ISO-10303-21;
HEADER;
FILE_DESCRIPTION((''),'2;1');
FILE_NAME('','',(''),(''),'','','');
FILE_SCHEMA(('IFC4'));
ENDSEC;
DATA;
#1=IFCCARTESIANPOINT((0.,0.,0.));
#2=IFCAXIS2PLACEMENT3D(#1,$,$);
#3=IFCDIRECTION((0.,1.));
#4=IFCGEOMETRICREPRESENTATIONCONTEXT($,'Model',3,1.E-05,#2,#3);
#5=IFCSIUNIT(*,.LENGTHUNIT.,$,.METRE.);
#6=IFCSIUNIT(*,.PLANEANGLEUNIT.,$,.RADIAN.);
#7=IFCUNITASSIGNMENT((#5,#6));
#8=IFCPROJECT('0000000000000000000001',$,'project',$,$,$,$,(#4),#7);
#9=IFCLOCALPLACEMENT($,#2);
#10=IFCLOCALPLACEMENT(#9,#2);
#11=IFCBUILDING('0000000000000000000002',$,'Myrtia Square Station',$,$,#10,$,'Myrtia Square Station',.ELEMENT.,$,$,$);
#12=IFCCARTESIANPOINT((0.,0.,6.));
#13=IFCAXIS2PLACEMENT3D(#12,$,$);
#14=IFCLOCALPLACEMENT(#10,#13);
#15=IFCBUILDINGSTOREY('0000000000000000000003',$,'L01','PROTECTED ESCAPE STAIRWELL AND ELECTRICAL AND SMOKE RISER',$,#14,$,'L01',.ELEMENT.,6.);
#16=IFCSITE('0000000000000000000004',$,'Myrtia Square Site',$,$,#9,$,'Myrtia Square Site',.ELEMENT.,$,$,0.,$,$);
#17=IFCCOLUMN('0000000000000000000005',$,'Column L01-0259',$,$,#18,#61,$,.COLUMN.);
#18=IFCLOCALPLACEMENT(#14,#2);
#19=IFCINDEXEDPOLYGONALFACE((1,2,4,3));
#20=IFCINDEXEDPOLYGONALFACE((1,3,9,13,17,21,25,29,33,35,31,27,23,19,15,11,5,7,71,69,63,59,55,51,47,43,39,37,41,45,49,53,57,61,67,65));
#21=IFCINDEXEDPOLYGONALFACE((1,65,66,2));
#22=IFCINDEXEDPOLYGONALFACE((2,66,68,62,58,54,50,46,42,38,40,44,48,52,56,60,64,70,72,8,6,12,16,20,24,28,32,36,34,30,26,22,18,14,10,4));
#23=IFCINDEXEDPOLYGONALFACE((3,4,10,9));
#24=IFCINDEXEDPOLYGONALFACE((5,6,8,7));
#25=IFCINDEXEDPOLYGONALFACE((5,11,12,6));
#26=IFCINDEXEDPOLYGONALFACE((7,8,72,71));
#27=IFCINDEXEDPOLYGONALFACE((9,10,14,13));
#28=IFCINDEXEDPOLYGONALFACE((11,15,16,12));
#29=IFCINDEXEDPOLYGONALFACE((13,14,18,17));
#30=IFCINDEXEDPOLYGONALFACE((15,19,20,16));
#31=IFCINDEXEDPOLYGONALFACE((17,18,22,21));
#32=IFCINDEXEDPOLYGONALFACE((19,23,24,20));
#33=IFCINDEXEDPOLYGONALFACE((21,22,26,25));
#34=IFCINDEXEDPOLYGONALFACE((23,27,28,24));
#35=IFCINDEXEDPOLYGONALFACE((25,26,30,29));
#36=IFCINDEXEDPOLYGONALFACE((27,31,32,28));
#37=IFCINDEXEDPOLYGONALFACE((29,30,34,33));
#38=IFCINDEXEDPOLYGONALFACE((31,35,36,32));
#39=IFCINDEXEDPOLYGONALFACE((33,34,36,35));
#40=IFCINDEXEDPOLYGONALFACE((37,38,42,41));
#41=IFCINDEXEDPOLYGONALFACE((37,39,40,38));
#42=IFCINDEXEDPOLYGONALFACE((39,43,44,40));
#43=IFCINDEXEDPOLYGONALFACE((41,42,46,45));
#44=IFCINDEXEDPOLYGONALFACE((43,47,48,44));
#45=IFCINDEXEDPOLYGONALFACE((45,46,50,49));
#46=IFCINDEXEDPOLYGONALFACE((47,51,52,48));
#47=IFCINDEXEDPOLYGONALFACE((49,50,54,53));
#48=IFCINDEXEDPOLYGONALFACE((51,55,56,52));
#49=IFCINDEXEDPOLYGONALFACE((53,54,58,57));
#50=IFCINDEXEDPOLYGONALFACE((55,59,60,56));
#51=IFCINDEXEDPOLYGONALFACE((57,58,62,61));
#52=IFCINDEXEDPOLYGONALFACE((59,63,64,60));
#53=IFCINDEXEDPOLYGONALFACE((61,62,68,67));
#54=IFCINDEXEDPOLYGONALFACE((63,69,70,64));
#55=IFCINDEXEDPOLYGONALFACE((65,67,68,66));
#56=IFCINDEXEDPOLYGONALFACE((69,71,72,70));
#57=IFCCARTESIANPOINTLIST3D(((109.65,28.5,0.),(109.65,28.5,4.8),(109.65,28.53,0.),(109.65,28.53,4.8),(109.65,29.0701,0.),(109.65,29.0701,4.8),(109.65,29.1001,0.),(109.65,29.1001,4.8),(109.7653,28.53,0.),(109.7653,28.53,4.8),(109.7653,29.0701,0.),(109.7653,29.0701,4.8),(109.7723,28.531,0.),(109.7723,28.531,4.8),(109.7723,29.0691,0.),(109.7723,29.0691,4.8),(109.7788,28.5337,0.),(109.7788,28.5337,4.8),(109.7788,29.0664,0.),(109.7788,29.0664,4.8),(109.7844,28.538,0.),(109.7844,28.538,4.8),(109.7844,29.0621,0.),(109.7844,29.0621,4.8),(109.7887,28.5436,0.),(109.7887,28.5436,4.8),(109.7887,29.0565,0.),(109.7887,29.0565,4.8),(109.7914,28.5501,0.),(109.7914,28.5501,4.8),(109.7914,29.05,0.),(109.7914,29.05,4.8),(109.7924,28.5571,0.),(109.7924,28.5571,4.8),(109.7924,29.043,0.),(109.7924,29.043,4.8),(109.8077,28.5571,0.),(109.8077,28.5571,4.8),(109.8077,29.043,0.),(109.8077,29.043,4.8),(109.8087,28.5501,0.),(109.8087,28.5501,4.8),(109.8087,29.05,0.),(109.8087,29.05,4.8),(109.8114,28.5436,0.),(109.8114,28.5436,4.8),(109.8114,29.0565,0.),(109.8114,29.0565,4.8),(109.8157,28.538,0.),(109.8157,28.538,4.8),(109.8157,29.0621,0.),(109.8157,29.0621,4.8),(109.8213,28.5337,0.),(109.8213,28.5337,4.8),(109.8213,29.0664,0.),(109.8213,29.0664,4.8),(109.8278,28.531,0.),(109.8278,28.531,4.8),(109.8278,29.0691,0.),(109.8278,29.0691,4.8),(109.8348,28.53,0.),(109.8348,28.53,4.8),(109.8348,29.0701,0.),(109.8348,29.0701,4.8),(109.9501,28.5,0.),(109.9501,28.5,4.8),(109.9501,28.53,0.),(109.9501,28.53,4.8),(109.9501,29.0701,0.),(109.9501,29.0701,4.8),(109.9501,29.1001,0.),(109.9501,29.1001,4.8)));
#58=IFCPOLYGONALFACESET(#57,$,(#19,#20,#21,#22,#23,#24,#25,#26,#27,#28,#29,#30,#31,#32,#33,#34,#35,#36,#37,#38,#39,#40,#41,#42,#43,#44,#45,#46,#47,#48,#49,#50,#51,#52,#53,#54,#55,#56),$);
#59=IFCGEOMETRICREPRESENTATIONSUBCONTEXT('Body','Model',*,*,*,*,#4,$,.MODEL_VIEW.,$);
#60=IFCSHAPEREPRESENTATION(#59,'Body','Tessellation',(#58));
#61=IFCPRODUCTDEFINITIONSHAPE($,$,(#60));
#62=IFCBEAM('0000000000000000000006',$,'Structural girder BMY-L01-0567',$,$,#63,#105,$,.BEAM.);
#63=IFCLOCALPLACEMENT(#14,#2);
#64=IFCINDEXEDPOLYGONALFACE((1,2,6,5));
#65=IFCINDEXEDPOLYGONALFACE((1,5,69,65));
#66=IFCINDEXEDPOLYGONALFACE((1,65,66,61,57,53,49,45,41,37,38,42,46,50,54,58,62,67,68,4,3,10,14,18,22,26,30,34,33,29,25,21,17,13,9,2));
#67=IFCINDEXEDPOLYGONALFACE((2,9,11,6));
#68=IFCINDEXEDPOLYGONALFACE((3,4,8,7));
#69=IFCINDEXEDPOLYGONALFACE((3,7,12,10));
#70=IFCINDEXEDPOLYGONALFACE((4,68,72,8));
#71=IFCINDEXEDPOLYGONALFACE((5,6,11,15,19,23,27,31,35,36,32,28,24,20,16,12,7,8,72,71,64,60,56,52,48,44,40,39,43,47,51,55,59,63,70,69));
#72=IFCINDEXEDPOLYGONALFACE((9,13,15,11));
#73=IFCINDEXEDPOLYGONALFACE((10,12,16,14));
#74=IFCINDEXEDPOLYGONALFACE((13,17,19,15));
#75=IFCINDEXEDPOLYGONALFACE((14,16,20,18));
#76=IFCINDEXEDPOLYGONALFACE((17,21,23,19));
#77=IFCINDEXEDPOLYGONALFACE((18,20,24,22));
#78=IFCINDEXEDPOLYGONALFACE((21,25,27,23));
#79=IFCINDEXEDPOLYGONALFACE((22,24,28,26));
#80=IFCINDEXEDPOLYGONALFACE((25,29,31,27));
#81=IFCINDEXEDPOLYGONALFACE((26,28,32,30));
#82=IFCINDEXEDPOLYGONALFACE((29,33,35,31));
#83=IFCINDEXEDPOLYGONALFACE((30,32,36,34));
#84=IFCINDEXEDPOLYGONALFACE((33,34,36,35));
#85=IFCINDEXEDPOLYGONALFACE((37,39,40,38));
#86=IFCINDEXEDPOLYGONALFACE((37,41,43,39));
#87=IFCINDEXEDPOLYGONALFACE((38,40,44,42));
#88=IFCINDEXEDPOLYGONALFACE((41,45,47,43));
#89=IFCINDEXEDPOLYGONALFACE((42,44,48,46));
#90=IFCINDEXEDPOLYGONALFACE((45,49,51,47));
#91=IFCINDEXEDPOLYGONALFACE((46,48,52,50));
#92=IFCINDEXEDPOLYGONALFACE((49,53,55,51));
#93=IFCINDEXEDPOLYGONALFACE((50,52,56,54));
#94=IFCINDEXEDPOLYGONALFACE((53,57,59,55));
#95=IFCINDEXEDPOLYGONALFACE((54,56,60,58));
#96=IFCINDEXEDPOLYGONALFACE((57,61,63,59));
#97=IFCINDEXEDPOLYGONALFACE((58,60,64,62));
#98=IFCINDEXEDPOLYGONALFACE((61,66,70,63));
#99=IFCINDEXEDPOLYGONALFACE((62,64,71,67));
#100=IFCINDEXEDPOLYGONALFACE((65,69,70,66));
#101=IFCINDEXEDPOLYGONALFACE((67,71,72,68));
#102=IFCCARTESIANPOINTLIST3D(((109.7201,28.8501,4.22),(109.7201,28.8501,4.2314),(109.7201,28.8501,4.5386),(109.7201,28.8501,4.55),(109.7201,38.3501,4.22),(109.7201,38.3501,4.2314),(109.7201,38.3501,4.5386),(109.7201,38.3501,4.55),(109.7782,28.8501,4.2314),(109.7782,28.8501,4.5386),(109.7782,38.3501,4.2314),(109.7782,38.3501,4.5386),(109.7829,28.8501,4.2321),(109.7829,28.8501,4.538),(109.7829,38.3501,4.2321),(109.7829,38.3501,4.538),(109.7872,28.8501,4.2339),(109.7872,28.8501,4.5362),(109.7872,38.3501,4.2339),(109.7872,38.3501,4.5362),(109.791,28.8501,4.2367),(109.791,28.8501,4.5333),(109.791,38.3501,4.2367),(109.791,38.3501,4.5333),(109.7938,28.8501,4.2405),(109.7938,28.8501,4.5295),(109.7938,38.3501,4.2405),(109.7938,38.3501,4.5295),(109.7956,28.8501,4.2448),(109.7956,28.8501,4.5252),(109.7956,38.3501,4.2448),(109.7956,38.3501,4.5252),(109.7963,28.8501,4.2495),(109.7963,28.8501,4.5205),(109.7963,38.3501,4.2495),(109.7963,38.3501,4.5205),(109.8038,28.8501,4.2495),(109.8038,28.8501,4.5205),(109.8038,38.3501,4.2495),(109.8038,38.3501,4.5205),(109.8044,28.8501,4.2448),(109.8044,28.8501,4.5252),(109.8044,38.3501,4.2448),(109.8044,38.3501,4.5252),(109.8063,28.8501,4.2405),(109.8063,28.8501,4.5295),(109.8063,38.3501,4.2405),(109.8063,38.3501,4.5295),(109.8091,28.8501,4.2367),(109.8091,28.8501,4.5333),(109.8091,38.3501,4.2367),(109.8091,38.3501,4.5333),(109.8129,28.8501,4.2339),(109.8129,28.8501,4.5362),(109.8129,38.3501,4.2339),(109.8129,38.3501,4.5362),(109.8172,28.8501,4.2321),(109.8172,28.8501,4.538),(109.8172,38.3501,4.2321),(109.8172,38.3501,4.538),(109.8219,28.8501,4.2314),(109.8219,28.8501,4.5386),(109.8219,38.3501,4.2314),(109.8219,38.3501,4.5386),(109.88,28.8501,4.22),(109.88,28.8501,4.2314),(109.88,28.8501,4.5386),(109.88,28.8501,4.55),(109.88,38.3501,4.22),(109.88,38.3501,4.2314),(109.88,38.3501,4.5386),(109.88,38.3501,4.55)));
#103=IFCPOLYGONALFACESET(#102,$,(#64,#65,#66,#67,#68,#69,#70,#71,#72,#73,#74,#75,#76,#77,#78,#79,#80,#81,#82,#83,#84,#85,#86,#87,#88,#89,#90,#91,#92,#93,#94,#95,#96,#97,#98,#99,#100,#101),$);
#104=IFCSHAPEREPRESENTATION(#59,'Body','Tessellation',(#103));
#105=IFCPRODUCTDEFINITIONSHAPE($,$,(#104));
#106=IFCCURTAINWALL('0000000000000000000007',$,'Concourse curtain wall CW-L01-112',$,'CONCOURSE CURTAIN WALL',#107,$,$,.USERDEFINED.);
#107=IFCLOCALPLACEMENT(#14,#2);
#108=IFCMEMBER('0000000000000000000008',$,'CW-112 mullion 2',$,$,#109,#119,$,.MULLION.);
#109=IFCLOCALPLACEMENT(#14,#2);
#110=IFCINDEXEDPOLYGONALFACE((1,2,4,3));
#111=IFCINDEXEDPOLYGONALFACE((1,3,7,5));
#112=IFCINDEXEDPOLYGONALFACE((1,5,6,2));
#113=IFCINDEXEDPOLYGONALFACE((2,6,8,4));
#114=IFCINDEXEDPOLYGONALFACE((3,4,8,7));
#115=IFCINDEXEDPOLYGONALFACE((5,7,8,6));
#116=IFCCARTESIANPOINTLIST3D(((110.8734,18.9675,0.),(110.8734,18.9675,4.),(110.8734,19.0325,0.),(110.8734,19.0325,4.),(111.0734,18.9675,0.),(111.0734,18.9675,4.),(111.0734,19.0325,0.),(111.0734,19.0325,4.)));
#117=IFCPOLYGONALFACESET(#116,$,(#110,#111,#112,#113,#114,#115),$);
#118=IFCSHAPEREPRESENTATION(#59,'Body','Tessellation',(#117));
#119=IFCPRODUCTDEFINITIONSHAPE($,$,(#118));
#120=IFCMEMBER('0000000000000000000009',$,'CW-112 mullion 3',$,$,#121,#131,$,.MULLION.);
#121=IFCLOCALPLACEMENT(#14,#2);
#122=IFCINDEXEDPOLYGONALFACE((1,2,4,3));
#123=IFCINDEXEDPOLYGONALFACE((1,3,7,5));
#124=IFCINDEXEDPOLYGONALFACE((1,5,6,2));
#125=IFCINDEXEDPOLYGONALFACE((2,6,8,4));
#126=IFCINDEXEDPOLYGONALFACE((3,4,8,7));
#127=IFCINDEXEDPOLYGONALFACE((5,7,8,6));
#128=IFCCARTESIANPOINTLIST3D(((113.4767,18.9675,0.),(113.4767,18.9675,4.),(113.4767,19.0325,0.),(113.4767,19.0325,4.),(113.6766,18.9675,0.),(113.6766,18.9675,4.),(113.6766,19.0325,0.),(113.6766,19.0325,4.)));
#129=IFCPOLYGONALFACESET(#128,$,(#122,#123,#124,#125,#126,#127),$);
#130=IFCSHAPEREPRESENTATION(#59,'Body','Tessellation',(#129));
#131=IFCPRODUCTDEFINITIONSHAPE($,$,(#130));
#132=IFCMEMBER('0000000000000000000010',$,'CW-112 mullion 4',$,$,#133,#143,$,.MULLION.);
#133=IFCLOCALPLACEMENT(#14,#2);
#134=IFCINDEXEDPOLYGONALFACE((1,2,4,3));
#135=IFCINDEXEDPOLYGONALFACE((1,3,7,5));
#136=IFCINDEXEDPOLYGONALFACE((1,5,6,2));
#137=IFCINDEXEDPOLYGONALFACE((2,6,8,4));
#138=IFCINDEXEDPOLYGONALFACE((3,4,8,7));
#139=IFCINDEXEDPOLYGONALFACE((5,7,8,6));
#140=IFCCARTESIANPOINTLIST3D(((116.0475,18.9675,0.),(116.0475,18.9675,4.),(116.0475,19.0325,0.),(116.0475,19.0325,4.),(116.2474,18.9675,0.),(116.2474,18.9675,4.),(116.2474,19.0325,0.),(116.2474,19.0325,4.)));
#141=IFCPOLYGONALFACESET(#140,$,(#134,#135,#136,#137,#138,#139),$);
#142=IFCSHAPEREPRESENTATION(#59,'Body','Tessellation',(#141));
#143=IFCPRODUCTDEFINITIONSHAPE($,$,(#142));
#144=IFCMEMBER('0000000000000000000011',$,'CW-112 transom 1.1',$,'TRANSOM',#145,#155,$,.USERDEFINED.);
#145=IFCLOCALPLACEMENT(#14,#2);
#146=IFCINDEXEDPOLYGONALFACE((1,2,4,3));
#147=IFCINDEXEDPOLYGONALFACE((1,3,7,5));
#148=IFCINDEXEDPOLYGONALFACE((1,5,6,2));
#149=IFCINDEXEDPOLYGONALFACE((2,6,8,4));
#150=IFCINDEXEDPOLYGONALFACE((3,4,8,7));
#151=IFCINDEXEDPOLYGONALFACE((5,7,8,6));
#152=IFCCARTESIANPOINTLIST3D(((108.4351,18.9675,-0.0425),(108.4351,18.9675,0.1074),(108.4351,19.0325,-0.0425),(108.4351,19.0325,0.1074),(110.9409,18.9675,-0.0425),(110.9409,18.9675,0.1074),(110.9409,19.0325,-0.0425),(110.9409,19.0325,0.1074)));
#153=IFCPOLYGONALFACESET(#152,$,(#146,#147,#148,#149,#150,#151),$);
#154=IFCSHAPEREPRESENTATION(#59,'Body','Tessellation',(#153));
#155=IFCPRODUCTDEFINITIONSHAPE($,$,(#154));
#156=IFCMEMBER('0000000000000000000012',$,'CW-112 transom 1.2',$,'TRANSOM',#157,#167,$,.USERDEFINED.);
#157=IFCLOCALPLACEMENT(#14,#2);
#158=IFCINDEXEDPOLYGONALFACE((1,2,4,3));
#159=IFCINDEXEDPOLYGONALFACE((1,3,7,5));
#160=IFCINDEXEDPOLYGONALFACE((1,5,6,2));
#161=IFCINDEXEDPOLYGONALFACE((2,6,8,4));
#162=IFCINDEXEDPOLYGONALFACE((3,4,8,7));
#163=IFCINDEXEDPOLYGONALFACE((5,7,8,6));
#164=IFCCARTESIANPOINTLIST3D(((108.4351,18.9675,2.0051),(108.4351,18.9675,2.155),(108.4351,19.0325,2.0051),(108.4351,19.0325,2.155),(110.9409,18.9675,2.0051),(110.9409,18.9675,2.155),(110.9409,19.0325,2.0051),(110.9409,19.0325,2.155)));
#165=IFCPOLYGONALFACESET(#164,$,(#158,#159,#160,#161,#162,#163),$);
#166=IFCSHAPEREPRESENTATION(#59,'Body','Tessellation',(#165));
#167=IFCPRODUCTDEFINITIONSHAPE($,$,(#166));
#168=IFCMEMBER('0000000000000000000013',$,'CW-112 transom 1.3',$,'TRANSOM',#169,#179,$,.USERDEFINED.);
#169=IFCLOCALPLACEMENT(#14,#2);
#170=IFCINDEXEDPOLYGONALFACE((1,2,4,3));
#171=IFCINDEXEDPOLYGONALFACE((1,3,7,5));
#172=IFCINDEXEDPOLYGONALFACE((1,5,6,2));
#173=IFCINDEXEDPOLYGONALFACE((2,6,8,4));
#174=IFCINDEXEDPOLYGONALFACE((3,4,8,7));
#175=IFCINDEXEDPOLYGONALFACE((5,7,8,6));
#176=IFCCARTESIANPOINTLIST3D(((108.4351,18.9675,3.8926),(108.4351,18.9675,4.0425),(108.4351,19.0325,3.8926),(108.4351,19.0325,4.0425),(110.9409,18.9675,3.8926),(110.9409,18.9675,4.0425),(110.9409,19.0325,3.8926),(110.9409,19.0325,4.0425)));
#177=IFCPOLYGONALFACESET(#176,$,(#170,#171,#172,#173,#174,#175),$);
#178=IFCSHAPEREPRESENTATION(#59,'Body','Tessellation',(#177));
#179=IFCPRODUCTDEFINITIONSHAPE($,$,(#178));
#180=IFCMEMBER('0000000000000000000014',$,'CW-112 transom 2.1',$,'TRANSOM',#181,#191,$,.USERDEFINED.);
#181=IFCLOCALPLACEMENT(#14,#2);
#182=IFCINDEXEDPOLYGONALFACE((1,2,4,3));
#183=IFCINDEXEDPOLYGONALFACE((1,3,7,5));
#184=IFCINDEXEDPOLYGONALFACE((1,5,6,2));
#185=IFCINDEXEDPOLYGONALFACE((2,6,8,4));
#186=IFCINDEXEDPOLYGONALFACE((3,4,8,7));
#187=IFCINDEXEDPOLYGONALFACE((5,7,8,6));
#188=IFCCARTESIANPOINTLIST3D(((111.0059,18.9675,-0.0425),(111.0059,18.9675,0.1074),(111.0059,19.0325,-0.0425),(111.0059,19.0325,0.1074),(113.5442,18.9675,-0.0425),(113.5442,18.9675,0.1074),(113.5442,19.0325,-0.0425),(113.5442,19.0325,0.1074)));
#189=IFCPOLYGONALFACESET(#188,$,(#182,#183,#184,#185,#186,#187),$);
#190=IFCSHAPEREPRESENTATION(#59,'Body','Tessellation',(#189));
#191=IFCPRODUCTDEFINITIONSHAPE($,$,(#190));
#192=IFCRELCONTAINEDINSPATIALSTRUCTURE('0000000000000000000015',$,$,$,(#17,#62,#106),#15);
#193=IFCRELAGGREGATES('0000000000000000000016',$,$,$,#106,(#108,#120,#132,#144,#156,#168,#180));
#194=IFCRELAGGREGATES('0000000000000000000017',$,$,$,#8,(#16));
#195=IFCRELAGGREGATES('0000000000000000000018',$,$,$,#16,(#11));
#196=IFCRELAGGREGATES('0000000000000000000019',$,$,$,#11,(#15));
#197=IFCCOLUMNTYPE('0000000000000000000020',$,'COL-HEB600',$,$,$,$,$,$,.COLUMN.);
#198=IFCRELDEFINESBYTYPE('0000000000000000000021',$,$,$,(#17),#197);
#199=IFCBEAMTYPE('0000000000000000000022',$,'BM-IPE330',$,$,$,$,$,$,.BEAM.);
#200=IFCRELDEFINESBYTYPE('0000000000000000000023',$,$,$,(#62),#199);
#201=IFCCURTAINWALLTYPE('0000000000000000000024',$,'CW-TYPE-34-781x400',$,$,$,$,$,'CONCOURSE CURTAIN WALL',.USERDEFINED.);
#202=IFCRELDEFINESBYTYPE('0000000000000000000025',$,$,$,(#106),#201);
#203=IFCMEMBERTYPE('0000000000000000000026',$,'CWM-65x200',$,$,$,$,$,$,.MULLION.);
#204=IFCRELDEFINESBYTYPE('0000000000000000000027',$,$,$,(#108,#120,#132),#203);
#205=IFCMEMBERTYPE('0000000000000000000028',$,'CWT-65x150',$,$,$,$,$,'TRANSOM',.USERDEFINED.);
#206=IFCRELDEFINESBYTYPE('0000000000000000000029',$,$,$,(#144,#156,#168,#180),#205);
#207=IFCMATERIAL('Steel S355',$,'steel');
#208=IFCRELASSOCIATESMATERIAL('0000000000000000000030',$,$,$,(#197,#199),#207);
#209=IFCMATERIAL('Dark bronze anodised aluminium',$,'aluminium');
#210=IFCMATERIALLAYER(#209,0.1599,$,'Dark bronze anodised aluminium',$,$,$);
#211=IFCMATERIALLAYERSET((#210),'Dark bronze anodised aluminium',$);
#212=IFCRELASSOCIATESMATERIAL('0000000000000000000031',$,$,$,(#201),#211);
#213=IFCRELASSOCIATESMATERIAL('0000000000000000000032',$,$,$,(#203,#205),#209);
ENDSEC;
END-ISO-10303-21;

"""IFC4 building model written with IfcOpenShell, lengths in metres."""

from ifc_helpers import new_model, si_unit, direction, frame, origin, origin_2d, place, context, subcontext, project, spatial, rectangle, i_section, extrude, material, layer, layer_set, material_profile, profile_set, type_object, element, aggregate, save


model = new_model("IFC4")

# Units and contexts
model_context = context("Model", 3, precision=1e-05, world=origin(), true_north=direction((0.0, 1.0)))
body_context = subcontext(model_context, "Body", "Model", "MODEL_VIEW")
ifc_project = project(units=[si_unit("LENGTHUNIT", "METRE"), si_unit("PLANEANGLEUNIT", "RADIAN")], contexts=[model_context])

# Site, building, storey
site_placement = place(None, origin())
site = spatial("IfcSite", under=ifc_project, at=site_placement, Name="Myrtia Square Site", LongName="Myrtia Square Site", CompositionType="ELEMENT", RefElevation=0.0)
building_placement = place(site_placement, origin())
building = spatial("IfcBuilding", under=site, at=building_placement, Name="Myrtia Square Station", LongName="Myrtia Square Station", CompositionType="ELEMENT")
storey_placement = place(building_placement, frame((0.0, 0.0, 6.0)))
storey = spatial("IfcBuildingStorey", under=building, at=storey_placement, Name="L01", Description="PROTECTED ESCAPE STAIRWELL AND ELECTRICAL AND SMOKE RISER", LongName="L01", CompositionType="ELEMENT", Elevation=6.0)

# Column
ifc_material_1 = material(Name="Steel S355", Category="steel")
ifc_material_profile_1 = material_profile(ifc_material_1, i_section(OverallWidth=0.3, OverallDepth=0.6001, WebThickness=0.0154, FlangeThickness=0.03, FilletRadius=0.0271, at=origin_2d()), Name="HEB 600")
ifc_profile_set_1 = profile_set([ifc_material_profile_1], Name="Steel S355")
column_type = type_object("IfcColumnType", Name="COL-HEB600", PredefinedType="COLUMN", material=ifc_profile_set_1)
column_placement = place(storey_placement, frame((109.8, 28.8, 0.0), z_axis=(0.0, 0.0, 1.0), x_axis=(1.0, 0.0, 0.0)))
element("IfcColumn", 1, at=column_placement, inside=storey, type_object=column_type, Name="Column L01-0259", PredefinedType="COLUMN", context=body_context, shape_type="SweptSolid", body=[
    extrude(i_section(OverallWidth=0.3, OverallDepth=0.6001, WebThickness=0.0154, FlangeThickness=0.03, FilletRadius=0.0271, at=origin_2d()), origin(), (0.0, 0.0, 1.0), 4.8),
])

# Beam
ifc_material_profile_2 = material_profile(ifc_material_1, i_section(OverallWidth=0.1599, OverallDepth=0.3301, WebThickness=0.0076, FlangeThickness=0.0115, FilletRadius=0.0181, at=origin_2d()), Name="IPE 330")
ifc_profile_set_2 = profile_set([ifc_material_profile_2], Name="Steel S355")
beam_type = type_object("IfcBeamType", Name="BM-IPE330", PredefinedType="BEAM", material=ifc_profile_set_2)
beam_placement = place(storey_placement, frame((109.8, 28.8501, 4.385), z_axis=(0.0, 1.0, 0.0), x_axis=(-1.0, 0.0, 0.0)))
element("IfcBeam", 2, at=beam_placement, inside=storey, type_object=beam_type, Name="Structural girder BMY-L01-0567", PredefinedType="BEAM", context=body_context, shape_type="SweptSolid", body=[
    extrude(i_section(OverallWidth=0.1599, OverallDepth=0.3301, WebThickness=0.0076, FlangeThickness=0.0115, FilletRadius=0.0181, at=origin_2d()), origin(), (0.0, 0.0, 1.0), 9.5),
])

# Curtain wall, members
ifc_material_2 = material(Name="Dark bronze anodised aluminium", Category="aluminium")
ifc_layer_1 = layer(ifc_material_2, 0.1599, Name="Dark bronze anodised aluminium")
ifc_layer_set_1 = layer_set([ifc_layer_1], Name="Dark bronze anodised aluminium")
curtain_wall_type = type_object("IfcCurtainWallType", Name="CW-TYPE-34-781x400", ElementType="CONCOURSE CURTAIN WALL", PredefinedType="USERDEFINED", material=ifc_layer_set_1)
curtain_wall_placement = place(storey_placement, origin())
curtain_wall = element("IfcCurtainWall", 3, at=curtain_wall_placement, inside=storey, type_object=curtain_wall_type, Name="Concourse curtain wall CW-L01-112", ObjectType="CONCOURSE CURTAIN WALL", PredefinedType="USERDEFINED")
ifc_material_profile_3 = material_profile(ifc_material_2, rectangle(XDim=0.0649, YDim=0.2, at=origin_2d()), Name="ALU-M 65x200")
ifc_profile_set_3 = profile_set([ifc_material_profile_3], Name="Dark bronze anodised aluminium")
member_type_1 = type_object("IfcMemberType", Name="CWM-65x200", PredefinedType="MULLION", material=ifc_profile_set_3)
member_1_placement = place(storey_placement, frame((110.9734, 19.0, 0.0), z_axis=(0.0, 0.0, 1.0), x_axis=(0.0, 1.0, 0.0)))
member_1 = element("IfcMember", 4, at=member_1_placement, type_object=member_type_1, Name="CW-112 mullion 2", PredefinedType="MULLION", context=body_context, shape_type="SweptSolid", body=[
    extrude(rectangle(XDim=0.0649, YDim=0.2, at=origin_2d()), origin(), (0.0, 0.0, 1.0), 4.0),
])
member_2_placement = place(storey_placement, frame((113.5767, 19.0, 0.0), z_axis=(0.0, 0.0, 1.0), x_axis=(0.0, 1.0, 0.0)))
member_2 = element("IfcMember", 5, at=member_2_placement, type_object=member_type_1, Name="CW-112 mullion 3", PredefinedType="MULLION", context=body_context, shape_type="SweptSolid", body=[
    extrude(rectangle(XDim=0.0649, YDim=0.2, at=origin_2d()), origin(), (0.0, 0.0, 1.0), 4.0),
])
member_3_placement = place(storey_placement, frame((116.1475, 19.0, 0.0), z_axis=(0.0, 0.0, 1.0), x_axis=(0.0, 1.0, 0.0)))
member_3 = element("IfcMember", 6, at=member_3_placement, type_object=member_type_1, Name="CW-112 mullion 4", PredefinedType="MULLION", context=body_context, shape_type="SweptSolid", body=[
    extrude(rectangle(XDim=0.0649, YDim=0.2, at=origin_2d()), origin(), (0.0, 0.0, 1.0), 4.0),
])
ifc_material_profile_4 = material_profile(ifc_material_2, rectangle(XDim=0.0649, YDim=0.1499, at=origin_2d()), Name="ALU-T 65x150")
ifc_profile_set_4 = profile_set([ifc_material_profile_4], Name="Dark bronze anodised aluminium")
member_type_2 = type_object("IfcMemberType", Name="CWT-65x150", ElementType="TRANSOM", PredefinedType="USERDEFINED", material=ifc_profile_set_4)
member_4_placement = place(storey_placement, frame((108.4351, 19.0, 0.0325), z_axis=(1.0, 0.0, 0.0), x_axis=(0.0, 1.0, 0.0)))
member_4 = element("IfcMember", 7, at=member_4_placement, type_object=member_type_2, Name="CW-112 transom 1.1", ObjectType="TRANSOM", PredefinedType="USERDEFINED", context=body_context, shape_type="SweptSolid", body=[
    extrude(rectangle(XDim=0.0649, YDim=0.1499, at=origin_2d()), origin(), (0.0, 0.0, 1.0), 2.5059),
])
member_5_placement = place(storey_placement, frame((108.4351, 19.0, 2.0801), z_axis=(1.0, 0.0, 0.0), x_axis=(0.0, 1.0, 0.0)))
member_5 = element("IfcMember", 8, at=member_5_placement, type_object=member_type_2, Name="CW-112 transom 1.2", ObjectType="TRANSOM", PredefinedType="USERDEFINED", context=body_context, shape_type="SweptSolid", body=[
    extrude(rectangle(XDim=0.0649, YDim=0.1499, at=origin_2d()), origin(), (0.0, 0.0, 1.0), 2.5059),
])
member_6_placement = place(storey_placement, frame((108.4351, 19.0, 3.9675), z_axis=(1.0, 0.0, 0.0), x_axis=(0.0, 1.0, 0.0)))
member_6 = element("IfcMember", 9, at=member_6_placement, type_object=member_type_2, Name="CW-112 transom 1.3", ObjectType="TRANSOM", PredefinedType="USERDEFINED", context=body_context, shape_type="SweptSolid", body=[
    extrude(rectangle(XDim=0.0649, YDim=0.1499, at=origin_2d()), origin(), (0.0, 0.0, 1.0), 2.5059),
])
member_7_placement = place(storey_placement, frame((111.0059, 19.0, 0.0325), z_axis=(1.0, 0.0, 0.0), x_axis=(0.0, 1.0, 0.0)))
member_7 = element("IfcMember", 10, at=member_7_placement, type_object=member_type_2, Name="CW-112 transom 2.1", ObjectType="TRANSOM", PredefinedType="USERDEFINED", context=body_context, shape_type="SweptSolid", body=[
    extrude(rectangle(XDim=0.0649, YDim=0.1499, at=origin_2d()), origin(), (0.0, 0.0, 1.0), 2.5383),
])
aggregate(curtain_wall, [member_1, member_2, member_3, member_4, member_5, member_6, member_7])

save(model, "model.ifc")
